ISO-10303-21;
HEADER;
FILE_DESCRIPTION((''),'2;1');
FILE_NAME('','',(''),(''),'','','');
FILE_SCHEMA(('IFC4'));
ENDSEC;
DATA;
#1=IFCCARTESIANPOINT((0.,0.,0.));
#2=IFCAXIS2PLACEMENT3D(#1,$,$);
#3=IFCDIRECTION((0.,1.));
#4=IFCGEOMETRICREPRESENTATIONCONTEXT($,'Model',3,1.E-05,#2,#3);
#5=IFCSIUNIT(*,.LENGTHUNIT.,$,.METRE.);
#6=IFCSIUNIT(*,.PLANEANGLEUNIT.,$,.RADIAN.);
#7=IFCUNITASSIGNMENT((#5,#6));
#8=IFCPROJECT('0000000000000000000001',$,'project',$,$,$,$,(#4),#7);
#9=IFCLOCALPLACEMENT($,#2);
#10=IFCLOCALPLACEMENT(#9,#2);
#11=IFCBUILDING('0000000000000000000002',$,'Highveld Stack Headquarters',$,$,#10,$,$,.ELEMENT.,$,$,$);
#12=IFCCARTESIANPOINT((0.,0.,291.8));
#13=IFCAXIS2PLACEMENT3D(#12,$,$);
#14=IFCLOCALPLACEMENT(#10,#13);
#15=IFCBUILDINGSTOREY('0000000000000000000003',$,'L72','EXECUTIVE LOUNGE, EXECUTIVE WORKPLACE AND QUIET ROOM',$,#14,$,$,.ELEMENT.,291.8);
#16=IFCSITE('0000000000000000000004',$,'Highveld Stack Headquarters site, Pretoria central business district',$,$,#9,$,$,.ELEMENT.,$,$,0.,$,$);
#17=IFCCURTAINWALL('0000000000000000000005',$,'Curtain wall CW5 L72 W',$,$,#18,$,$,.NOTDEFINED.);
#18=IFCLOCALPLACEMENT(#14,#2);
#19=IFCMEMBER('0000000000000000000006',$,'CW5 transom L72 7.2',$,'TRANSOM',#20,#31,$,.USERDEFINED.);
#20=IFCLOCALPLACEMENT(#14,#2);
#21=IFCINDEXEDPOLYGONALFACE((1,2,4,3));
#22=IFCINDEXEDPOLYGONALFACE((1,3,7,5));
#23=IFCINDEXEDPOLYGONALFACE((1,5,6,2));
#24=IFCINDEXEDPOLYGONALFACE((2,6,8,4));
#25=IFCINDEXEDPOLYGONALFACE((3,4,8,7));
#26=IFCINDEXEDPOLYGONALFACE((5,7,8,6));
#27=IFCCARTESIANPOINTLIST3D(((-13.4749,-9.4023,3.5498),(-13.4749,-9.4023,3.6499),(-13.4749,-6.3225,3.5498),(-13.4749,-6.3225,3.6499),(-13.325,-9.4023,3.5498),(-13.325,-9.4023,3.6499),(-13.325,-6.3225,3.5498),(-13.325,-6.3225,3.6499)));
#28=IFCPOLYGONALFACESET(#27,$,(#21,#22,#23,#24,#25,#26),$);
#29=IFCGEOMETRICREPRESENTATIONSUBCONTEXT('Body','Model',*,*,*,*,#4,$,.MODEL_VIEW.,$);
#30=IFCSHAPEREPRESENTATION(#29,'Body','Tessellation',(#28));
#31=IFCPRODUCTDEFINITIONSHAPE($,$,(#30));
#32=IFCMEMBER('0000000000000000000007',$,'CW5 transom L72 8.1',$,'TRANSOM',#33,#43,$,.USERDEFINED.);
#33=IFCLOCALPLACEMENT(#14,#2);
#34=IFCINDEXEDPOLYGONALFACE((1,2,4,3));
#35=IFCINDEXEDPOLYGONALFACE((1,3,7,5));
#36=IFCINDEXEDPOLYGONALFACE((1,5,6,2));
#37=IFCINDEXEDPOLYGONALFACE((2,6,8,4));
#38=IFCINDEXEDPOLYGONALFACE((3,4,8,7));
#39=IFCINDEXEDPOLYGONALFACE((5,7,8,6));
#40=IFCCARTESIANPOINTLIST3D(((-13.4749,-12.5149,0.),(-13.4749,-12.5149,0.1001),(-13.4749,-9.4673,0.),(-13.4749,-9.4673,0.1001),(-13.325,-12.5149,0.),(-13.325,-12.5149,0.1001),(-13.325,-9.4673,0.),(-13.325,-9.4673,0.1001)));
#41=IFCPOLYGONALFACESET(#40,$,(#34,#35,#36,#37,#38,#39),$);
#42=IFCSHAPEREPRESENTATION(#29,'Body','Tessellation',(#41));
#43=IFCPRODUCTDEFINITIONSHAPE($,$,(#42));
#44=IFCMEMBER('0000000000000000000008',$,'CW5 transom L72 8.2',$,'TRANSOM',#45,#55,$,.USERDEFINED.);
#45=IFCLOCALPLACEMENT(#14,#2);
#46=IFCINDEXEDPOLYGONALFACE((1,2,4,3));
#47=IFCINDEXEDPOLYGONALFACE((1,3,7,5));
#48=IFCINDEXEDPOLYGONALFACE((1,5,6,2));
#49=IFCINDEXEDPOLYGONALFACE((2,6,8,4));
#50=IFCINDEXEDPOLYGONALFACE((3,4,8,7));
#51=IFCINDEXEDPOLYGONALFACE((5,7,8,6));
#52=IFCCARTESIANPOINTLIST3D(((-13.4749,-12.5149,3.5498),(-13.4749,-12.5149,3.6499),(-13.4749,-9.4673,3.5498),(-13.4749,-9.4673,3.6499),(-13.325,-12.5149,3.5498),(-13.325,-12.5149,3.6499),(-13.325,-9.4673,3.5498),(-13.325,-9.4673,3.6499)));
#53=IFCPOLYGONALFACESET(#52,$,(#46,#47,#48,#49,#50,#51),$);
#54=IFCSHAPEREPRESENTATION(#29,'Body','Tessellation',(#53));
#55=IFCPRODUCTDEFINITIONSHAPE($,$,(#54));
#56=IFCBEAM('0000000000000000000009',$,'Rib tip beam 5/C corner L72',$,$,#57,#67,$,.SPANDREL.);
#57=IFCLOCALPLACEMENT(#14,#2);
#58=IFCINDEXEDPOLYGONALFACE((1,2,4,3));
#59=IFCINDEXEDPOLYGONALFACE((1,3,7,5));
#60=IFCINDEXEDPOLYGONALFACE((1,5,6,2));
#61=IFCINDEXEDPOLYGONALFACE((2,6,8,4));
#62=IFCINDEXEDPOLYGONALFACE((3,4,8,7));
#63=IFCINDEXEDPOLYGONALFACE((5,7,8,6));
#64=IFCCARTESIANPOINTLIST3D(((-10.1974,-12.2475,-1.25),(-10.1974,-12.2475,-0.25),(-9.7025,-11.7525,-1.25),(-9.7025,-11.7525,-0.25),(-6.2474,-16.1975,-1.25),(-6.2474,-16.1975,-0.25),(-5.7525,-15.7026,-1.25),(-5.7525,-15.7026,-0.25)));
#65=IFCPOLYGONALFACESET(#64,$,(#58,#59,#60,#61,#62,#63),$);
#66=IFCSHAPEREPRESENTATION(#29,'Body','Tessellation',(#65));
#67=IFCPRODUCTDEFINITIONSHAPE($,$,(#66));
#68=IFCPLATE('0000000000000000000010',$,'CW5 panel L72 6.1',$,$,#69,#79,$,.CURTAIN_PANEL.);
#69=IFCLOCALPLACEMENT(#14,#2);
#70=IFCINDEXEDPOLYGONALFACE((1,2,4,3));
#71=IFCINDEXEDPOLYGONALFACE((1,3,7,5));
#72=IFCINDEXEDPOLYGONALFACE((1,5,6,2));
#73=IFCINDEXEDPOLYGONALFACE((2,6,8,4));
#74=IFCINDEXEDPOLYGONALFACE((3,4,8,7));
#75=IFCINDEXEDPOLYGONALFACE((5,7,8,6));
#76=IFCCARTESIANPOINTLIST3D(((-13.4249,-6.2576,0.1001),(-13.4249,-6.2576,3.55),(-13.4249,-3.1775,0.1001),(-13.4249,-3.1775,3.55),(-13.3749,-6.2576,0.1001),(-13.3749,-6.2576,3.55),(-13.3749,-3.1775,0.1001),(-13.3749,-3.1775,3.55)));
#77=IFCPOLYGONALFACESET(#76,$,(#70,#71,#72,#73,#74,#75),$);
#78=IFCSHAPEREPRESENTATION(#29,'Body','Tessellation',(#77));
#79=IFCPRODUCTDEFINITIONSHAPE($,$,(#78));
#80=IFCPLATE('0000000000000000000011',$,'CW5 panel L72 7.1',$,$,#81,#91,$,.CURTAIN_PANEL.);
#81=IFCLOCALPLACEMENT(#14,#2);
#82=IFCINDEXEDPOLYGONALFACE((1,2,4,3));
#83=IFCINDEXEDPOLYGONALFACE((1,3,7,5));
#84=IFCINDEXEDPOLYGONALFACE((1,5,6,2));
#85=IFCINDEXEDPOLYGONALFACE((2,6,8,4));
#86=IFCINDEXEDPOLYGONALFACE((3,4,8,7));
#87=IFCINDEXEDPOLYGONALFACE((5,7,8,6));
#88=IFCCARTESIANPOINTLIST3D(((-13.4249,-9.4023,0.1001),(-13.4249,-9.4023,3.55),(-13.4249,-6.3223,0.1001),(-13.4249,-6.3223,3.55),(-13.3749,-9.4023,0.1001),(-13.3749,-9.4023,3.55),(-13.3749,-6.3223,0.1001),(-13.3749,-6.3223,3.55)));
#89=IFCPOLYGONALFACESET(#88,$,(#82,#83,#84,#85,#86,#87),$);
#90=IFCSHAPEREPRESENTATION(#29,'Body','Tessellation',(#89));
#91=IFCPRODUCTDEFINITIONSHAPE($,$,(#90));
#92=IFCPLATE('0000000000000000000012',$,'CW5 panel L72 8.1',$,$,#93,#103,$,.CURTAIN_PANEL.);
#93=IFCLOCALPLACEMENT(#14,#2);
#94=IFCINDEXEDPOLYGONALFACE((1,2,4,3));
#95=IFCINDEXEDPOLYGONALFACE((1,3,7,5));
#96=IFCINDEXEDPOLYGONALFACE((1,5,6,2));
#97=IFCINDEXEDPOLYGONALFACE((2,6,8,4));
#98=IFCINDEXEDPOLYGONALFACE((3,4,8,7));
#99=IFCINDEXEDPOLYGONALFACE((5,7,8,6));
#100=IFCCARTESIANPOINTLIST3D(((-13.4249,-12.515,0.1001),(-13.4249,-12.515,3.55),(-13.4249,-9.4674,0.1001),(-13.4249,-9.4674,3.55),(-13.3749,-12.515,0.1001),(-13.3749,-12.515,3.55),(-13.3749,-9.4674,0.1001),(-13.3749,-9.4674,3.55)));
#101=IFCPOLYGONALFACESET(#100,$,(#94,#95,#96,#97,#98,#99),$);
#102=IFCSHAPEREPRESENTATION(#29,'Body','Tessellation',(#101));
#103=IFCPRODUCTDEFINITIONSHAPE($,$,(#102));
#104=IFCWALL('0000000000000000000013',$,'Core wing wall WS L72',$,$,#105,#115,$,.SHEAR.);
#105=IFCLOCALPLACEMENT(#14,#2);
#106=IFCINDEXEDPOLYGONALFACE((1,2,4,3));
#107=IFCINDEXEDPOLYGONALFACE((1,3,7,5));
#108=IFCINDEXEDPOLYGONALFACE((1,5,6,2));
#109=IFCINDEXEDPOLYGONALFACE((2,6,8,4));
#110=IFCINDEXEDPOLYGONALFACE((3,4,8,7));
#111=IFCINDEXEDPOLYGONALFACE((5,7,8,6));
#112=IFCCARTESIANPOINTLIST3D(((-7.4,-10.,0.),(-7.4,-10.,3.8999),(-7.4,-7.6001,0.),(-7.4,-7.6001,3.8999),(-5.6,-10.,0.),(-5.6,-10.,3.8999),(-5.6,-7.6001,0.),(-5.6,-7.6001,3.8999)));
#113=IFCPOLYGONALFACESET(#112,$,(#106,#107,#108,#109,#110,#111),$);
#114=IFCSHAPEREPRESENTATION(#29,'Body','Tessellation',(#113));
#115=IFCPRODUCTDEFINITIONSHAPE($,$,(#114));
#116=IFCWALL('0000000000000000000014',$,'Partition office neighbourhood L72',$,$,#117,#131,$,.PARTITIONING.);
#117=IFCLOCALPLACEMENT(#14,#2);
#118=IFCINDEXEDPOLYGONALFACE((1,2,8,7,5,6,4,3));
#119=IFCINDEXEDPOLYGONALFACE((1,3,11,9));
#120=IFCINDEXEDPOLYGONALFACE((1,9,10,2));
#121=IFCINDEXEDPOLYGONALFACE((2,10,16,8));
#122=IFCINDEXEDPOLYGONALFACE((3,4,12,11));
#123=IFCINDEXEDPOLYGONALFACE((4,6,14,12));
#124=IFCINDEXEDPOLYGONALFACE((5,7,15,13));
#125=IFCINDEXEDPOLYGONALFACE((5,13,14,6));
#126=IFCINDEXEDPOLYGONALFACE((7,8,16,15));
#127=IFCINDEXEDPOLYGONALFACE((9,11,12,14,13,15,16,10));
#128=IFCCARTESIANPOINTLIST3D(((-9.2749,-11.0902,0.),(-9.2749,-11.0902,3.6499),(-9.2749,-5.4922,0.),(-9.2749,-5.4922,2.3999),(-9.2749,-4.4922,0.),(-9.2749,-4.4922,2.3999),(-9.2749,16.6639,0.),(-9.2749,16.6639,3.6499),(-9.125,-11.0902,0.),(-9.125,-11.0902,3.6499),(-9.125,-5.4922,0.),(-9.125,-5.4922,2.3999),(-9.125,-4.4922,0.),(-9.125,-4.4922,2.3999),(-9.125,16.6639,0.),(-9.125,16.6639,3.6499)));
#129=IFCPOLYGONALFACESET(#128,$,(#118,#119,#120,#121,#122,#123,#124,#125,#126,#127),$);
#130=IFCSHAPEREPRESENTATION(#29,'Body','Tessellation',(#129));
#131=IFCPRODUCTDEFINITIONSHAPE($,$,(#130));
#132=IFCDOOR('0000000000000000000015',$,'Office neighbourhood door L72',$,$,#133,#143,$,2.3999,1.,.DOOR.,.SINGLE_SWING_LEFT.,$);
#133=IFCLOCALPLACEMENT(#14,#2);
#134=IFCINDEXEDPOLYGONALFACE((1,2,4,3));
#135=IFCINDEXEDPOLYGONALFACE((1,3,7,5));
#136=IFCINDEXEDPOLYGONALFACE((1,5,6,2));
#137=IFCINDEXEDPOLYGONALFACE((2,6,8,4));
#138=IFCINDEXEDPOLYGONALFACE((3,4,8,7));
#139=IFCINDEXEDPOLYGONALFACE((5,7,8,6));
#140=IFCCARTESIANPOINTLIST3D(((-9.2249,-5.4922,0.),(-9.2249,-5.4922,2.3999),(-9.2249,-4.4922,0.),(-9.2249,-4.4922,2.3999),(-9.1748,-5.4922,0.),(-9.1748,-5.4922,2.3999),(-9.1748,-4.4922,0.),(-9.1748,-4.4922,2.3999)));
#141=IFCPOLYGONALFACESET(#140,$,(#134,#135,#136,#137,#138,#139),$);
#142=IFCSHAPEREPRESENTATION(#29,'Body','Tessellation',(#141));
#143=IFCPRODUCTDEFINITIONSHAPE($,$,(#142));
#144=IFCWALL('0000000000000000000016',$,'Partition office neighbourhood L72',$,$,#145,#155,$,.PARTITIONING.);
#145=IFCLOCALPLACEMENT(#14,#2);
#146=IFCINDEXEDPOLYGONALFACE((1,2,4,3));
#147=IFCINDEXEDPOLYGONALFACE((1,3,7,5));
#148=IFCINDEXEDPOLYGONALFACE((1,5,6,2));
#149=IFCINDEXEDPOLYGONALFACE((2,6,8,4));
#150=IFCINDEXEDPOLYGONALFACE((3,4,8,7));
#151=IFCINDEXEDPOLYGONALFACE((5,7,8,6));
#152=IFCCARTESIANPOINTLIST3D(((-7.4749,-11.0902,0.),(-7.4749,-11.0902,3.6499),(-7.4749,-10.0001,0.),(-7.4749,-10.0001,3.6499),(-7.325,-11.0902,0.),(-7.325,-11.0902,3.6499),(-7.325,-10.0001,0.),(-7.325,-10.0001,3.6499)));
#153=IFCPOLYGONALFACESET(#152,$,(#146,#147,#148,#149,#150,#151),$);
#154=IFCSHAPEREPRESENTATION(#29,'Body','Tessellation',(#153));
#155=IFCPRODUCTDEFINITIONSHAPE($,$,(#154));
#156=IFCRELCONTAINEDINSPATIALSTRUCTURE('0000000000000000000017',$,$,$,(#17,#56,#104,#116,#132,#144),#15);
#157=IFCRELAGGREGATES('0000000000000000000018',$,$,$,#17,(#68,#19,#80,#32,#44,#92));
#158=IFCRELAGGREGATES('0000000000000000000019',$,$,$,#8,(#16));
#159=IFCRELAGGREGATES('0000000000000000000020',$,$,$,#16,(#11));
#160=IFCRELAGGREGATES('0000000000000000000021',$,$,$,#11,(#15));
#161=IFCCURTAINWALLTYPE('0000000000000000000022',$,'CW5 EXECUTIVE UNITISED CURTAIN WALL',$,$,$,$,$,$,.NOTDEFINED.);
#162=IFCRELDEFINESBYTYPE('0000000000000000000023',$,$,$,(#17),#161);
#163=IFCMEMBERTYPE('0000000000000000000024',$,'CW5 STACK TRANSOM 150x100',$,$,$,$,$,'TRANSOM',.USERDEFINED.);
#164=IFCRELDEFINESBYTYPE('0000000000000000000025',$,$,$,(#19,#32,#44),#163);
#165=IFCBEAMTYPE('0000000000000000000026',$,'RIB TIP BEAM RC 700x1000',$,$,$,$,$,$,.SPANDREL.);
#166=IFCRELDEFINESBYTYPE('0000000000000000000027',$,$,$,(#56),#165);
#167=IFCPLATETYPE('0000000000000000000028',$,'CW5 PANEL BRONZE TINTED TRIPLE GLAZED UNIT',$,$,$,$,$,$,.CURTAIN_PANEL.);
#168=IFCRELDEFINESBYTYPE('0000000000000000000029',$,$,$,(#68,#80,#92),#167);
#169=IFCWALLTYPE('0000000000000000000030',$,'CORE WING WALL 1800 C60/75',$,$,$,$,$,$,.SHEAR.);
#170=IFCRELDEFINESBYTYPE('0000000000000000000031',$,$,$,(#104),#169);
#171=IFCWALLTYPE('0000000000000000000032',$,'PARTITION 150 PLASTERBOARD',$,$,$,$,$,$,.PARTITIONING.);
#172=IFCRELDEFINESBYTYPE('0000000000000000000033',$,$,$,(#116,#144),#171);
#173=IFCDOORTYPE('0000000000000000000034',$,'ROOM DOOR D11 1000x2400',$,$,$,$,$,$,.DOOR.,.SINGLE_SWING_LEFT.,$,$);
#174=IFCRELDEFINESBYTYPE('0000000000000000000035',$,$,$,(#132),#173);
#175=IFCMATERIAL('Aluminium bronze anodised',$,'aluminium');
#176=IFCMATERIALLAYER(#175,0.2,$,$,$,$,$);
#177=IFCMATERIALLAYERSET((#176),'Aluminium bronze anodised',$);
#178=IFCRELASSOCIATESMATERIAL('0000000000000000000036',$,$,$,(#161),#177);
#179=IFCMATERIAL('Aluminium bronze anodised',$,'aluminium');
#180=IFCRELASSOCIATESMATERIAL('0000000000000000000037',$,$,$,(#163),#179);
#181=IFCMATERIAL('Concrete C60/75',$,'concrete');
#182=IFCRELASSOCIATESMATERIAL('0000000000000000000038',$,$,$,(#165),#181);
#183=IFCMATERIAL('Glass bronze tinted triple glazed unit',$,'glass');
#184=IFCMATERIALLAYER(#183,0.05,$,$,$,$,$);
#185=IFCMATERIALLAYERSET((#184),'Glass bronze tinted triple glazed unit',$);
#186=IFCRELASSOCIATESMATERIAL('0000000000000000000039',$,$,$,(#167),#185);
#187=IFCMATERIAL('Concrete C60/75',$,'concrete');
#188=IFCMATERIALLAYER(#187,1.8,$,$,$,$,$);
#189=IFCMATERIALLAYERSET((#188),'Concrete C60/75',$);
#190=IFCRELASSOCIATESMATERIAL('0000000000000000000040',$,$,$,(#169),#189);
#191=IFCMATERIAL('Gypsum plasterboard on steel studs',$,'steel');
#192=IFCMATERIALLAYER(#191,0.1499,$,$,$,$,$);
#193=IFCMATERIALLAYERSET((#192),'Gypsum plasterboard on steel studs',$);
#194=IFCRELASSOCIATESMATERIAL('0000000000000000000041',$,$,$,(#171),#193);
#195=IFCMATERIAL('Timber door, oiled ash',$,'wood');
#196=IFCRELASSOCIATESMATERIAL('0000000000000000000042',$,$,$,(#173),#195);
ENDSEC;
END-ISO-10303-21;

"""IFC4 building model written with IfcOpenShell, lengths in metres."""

from ifc_helpers import new_model, si_unit, direction, frame, frame_2d, origin, origin_2d, place, context, subcontext, project, spatial, rectangle, extrude, material, layer, layer_set, material_profile, profile_set, type_object, element, fill, aggregate, save


model = new_model("IFC4")

# Units and contexts
model_context = context("Model", 3, precision=1e-05, world=origin(), true_north=direction((0.0, 1.0)))
body_context = subcontext(model_context, "Body", "Model", "MODEL_VIEW")
ifc_project = project(units=[si_unit("LENGTHUNIT", "METRE"), si_unit("PLANEANGLEUNIT", "RADIAN")], contexts=[model_context])

# Site, building, storey
site_placement = place(None, origin())
site = spatial("IfcSite", under=ifc_project, at=site_placement, Name="Highveld Stack Headquarters site, Pretoria central business district", CompositionType="ELEMENT", RefElevation=0.0)
building_placement = place(site_placement, origin())
building = spatial("IfcBuilding", under=site, at=building_placement, Name="Highveld Stack Headquarters", CompositionType="ELEMENT")
storey_placement = place(building_placement, frame((0.0, 0.0, 291.8)))
storey = spatial("IfcBuildingStorey", under=building, at=storey_placement, Name="L72", Description="EXECUTIVE LOUNGE, EXECUTIVE WORKPLACE AND QUIET ROOM", CompositionType="ELEMENT", Elevation=291.8)

# Curtain wall, members
ifc_material_1 = material(Name="Aluminium bronze anodised", Category="aluminium")
ifc_layer_1 = layer(ifc_material_1, 0.2)
ifc_layer_set_1 = layer_set([ifc_layer_1], Name="Aluminium bronze anodised")
curtain_wall_type = type_object("IfcCurtainWallType", Name="CW5 EXECUTIVE UNITISED CURTAIN WALL", PredefinedType="NOTDEFINED", material=ifc_layer_set_1)
curtain_wall_placement = place(storey_placement, origin())
curtain_wall = element("IfcCurtainWall", 1, at=curtain_wall_placement, inside=storey, type_object=curtain_wall_type, Name="Curtain wall CW5 L72 W", PredefinedType="NOTDEFINED")
ifc_material_2 = material(Name="Aluminium bronze anodised", Category="aluminium")
ifc_material_profile_1 = material_profile(ifc_material_2, rectangle(XDim=0.1499, YDim=0.1001, at=origin_2d()), Name="CW5 TRANSOM 150x100")
ifc_profile_set_1 = profile_set([ifc_material_profile_1], Name="Aluminium bronze anodised")
member_type_1 = type_object("IfcMemberType", Name="CW5 STACK TRANSOM 150x100", ElementType="TRANSOM", PredefinedType="USERDEFINED", material=ifc_profile_set_1)
member_1_placement = place(storey_placement, frame((-13.3999, -6.3225, 3.5999), z_axis=(0.0, -1.0, 0.0), x_axis=(1.0, 0.0, 0.0)))
member_1 = element("IfcMember", 2, at=member_1_placement, type_object=member_type_1, Name="CW5 transom L72 7.2", ObjectType="TRANSOM", PredefinedType="USERDEFINED", context=body_context, shape_type="SweptSolid", body=[
    extrude(rectangle(XDim=0.1499, YDim=0.1001, at=origin_2d()), origin(), (0.0, 0.0, 1.0), 3.0798),
])
member_2_placement = place(storey_placement, frame((-13.3999, -9.4673, 0.05), z_axis=(0.0, -1.0, 0.0), x_axis=(1.0, 0.0, 0.0)))
member_2 = element("IfcMember", 3, at=member_2_placement, type_object=member_type_1, Name="CW5 transom L72 8.1", ObjectType="TRANSOM", PredefinedType="USERDEFINED", context=body_context, shape_type="SweptSolid", body=[
    extrude(rectangle(XDim=0.1499, YDim=0.1001, at=origin_2d()), origin(), (0.0, 0.0, 1.0), 3.0476),
])
member_3_placement = place(storey_placement, frame((-13.3999, -9.4673, 3.5999), z_axis=(0.0, -1.0, 0.0), x_axis=(1.0, 0.0, 0.0)))
member_3 = element("IfcMember", 4, at=member_3_placement, type_object=member_type_1, Name="CW5 transom L72 8.2", ObjectType="TRANSOM", PredefinedType="USERDEFINED", context=body_context, shape_type="SweptSolid", body=[
    extrude(rectangle(XDim=0.1499, YDim=0.1001, at=origin_2d()), origin(), (0.0, 0.0, 1.0), 3.0476),
])

# Beam
ifc_material_3 = material(Name="Concrete C60/75", Category="concrete")
ifc_material_profile_2 = material_profile(ifc_material_3, rectangle(XDim=0.7, YDim=1.0, at=origin_2d()), Name="RC 700x1000")
ifc_profile_set_2 = profile_set([ifc_material_profile_2], Name="Concrete C60/75")
beam_type_1 = type_object("IfcBeamType", Name="RIB TIP BEAM RC 700x1000", PredefinedType="SPANDREL", material=ifc_profile_set_2)
beam_1_placement = place(storey_placement, frame((-9.95, -12.0, -0.75), z_axis=(0.707107, -0.707107, 0.0), x_axis=(0.707107, 0.707107, 0.0)))
element("IfcBeam", 5, at=beam_1_placement, inside=storey, type_object=beam_type_1, Name="Rib tip beam 5/C corner L72", PredefinedType="SPANDREL", context=body_context, shape_type="SweptSolid", body=[
    extrude(rectangle(XDim=0.7, YDim=1.0, at=origin_2d()), origin(), (0.0, 0.0, 1.0), 5.5862),
])

# Plates
ifc_material_4 = material(Name="Glass bronze tinted triple glazed unit", Category="glass")
ifc_layer_2 = layer(ifc_material_4, 0.05)
ifc_layer_set_2 = layer_set([ifc_layer_2], Name="Glass bronze tinted triple glazed unit")
plate_type = type_object("IfcPlateType", Name="CW5 PANEL BRONZE TINTED TRIPLE GLAZED UNIT", PredefinedType="CURTAIN_PANEL", material=ifc_layer_set_2)
plate_1_placement = place(storey_placement, frame((-13.3999, -4.7175, 0.1001), z_axis=(0.0, 0.0, 1.0), x_axis=(0.0, -1.0, 0.0)))
plate_1 = element("IfcPlate", 6, at=plate_1_placement, type_object=plate_type, Name="CW5 panel L72 6.1", PredefinedType="CURTAIN_PANEL", context=body_context, shape_type="SweptSolid", body=[
    extrude(rectangle(XDim=3.0801, YDim=0.05, at=origin_2d()), origin(), (0.0, 0.0, 1.0), 3.45),
])
plate_2_placement = place(storey_placement, frame((-13.3999, -7.8623, 0.1001), z_axis=(0.0, 0.0, 1.0), x_axis=(0.0, -1.0, 0.0)))
plate_2 = element("IfcPlate", 7, at=plate_2_placement, type_object=plate_type, Name="CW5 panel L72 7.1", PredefinedType="CURTAIN_PANEL", context=body_context, shape_type="SweptSolid", body=[
    extrude(rectangle(XDim=3.0801, YDim=0.05, at=origin_2d()), origin(), (0.0, 0.0, 1.0), 3.45),
])
plate_3_placement = place(storey_placement, frame((-13.3999, -10.9912, 0.1001), z_axis=(0.0, 0.0, 1.0), x_axis=(0.0, -1.0, 0.0)))
plate_3 = element("IfcPlate", 8, at=plate_3_placement, type_object=plate_type, Name="CW5 panel L72 8.1", PredefinedType="CURTAIN_PANEL", context=body_context, shape_type="SweptSolid", body=[
    extrude(rectangle(XDim=3.0476, YDim=0.05, at=origin_2d()), origin(), (0.0, 0.0, 1.0), 3.45),
])
aggregate(curtain_wall, [plate_1, member_1, plate_2, member_2, member_3, plate_3])

# Wall
ifc_material_5 = material(Name="Concrete C60/75", Category="concrete")
ifc_layer_3 = layer(ifc_material_5, 1.8)
ifc_layer_set_3 = layer_set([ifc_layer_3], Name="Concrete C60/75")
wall_type_1 = type_object("IfcWallType", Name="CORE WING WALL 1800 C60/75", PredefinedType="SHEAR", material=ifc_layer_set_3)
wall_1_placement = place(storey_placement, frame((-6.5, -10.0, 0.0), z_axis=(0.0, 0.0, 1.0), x_axis=(0.0, 1.0, 0.0)))
element("IfcWall", 9, at=wall_1_placement, inside=storey, type_object=wall_type_1, Name="Core wing wall WS L72", PredefinedType="SHEAR", context=body_context, shape_type="SweptSolid", body=[
    extrude(rectangle(XDim=2.3999, YDim=1.8, at=frame_2d((1.2, 0.0))), origin(), (0.0, 0.0, 1.0), 3.8999),
])

# Wall, opening, door
ifc_material_6 = material(Name="Gypsum plasterboard on steel studs", Category="steel")
ifc_layer_4 = layer(ifc_material_6, 0.1499)
ifc_layer_set_4 = layer_set([ifc_layer_4], Name="Gypsum plasterboard on steel studs")
wall_type_2 = type_object("IfcWallType", Name="PARTITION 150 PLASTERBOARD", PredefinedType="PARTITIONING", material=ifc_layer_set_4)
wall_2_placement = place(storey_placement, frame((-9.2, -11.0901, 0.0), z_axis=(0.0, 0.0, 1.0), x_axis=(0.0, 1.0, 0.0)))
wall_2 = element("IfcWall", 10, at=wall_2_placement, inside=storey, type_object=wall_type_2, Name="Partition office neighbourhood L72", PredefinedType="PARTITIONING", context=body_context, shape_type="SweptSolid", body=[
    extrude(rectangle(XDim=27.7542, YDim=0.1499, at=frame_2d((13.877, 0.0))), origin(), (0.0, 0.0, 1.0), 3.6499),
])
opening_1_placement = place(wall_2_placement, frame((5.5979, 0.0, 0.0)))
opening_1 = element("IfcOpeningElement", 11, at=opening_1_placement, cuts=wall_2, PredefinedType="OPENING", context=body_context, shape_type="SweptSolid", body=[
    extrude(rectangle(XDim=1.0, YDim=2.3999, at=frame_2d((0.5, 1.2))), frame((0.0, 0.085, 0.0), z_axis=(0.0, -1.0, 0.0), x_axis=(1.0, 0.0, 0.0)), (0.0, 0.0, 1.0), 0.1699),
])
ifc_material_7 = material(Name="Timber door, oiled ash", Category="wood")
door_type_1 = type_object("IfcDoorType", Name="ROOM DOOR D11 1000x2400", OperationType="SINGLE_SWING_LEFT", PredefinedType="DOOR", material=ifc_material_7)
door_1_placement = place(opening_1_placement, origin())
door_1 = element("IfcDoor", 12, at=door_1_placement, inside=storey, type_object=door_type_1, Name="Office neighbourhood door L72", OperationType="SINGLE_SWING_LEFT", OverallHeight=2.3999, OverallWidth=1.0, PredefinedType="DOOR", context=body_context, shape_type="SweptSolid", body=[
    extrude(rectangle(XDim=1.0, YDim=2.3999, at=frame_2d((0.5, 1.2))), frame((0.0, 0.0249, 0.0), z_axis=(0.0, -1.0, 0.0), x_axis=(1.0, 0.0, 0.0)), (0.0, 0.0, 1.0), 0.05),
])
fill(opening_1, door_1)

# Wall
wall_3_placement = place(storey_placement, frame((-7.3999, -11.0901, 0.0), z_axis=(0.0, 0.0, 1.0), x_axis=(0.0, 1.0, 0.0)))
element("IfcWall", 13, at=wall_3_placement, inside=storey, type_object=wall_type_2, Name="Partition office neighbourhood L72", PredefinedType="PARTITIONING", context=body_context, shape_type="SweptSolid", body=[
    extrude(rectangle(XDim=1.0901, YDim=0.1499, at=frame_2d((0.5449, 0.0))), origin(), (0.0, 0.0, 1.0), 3.6499),
])

save(model, "model.ifc")
